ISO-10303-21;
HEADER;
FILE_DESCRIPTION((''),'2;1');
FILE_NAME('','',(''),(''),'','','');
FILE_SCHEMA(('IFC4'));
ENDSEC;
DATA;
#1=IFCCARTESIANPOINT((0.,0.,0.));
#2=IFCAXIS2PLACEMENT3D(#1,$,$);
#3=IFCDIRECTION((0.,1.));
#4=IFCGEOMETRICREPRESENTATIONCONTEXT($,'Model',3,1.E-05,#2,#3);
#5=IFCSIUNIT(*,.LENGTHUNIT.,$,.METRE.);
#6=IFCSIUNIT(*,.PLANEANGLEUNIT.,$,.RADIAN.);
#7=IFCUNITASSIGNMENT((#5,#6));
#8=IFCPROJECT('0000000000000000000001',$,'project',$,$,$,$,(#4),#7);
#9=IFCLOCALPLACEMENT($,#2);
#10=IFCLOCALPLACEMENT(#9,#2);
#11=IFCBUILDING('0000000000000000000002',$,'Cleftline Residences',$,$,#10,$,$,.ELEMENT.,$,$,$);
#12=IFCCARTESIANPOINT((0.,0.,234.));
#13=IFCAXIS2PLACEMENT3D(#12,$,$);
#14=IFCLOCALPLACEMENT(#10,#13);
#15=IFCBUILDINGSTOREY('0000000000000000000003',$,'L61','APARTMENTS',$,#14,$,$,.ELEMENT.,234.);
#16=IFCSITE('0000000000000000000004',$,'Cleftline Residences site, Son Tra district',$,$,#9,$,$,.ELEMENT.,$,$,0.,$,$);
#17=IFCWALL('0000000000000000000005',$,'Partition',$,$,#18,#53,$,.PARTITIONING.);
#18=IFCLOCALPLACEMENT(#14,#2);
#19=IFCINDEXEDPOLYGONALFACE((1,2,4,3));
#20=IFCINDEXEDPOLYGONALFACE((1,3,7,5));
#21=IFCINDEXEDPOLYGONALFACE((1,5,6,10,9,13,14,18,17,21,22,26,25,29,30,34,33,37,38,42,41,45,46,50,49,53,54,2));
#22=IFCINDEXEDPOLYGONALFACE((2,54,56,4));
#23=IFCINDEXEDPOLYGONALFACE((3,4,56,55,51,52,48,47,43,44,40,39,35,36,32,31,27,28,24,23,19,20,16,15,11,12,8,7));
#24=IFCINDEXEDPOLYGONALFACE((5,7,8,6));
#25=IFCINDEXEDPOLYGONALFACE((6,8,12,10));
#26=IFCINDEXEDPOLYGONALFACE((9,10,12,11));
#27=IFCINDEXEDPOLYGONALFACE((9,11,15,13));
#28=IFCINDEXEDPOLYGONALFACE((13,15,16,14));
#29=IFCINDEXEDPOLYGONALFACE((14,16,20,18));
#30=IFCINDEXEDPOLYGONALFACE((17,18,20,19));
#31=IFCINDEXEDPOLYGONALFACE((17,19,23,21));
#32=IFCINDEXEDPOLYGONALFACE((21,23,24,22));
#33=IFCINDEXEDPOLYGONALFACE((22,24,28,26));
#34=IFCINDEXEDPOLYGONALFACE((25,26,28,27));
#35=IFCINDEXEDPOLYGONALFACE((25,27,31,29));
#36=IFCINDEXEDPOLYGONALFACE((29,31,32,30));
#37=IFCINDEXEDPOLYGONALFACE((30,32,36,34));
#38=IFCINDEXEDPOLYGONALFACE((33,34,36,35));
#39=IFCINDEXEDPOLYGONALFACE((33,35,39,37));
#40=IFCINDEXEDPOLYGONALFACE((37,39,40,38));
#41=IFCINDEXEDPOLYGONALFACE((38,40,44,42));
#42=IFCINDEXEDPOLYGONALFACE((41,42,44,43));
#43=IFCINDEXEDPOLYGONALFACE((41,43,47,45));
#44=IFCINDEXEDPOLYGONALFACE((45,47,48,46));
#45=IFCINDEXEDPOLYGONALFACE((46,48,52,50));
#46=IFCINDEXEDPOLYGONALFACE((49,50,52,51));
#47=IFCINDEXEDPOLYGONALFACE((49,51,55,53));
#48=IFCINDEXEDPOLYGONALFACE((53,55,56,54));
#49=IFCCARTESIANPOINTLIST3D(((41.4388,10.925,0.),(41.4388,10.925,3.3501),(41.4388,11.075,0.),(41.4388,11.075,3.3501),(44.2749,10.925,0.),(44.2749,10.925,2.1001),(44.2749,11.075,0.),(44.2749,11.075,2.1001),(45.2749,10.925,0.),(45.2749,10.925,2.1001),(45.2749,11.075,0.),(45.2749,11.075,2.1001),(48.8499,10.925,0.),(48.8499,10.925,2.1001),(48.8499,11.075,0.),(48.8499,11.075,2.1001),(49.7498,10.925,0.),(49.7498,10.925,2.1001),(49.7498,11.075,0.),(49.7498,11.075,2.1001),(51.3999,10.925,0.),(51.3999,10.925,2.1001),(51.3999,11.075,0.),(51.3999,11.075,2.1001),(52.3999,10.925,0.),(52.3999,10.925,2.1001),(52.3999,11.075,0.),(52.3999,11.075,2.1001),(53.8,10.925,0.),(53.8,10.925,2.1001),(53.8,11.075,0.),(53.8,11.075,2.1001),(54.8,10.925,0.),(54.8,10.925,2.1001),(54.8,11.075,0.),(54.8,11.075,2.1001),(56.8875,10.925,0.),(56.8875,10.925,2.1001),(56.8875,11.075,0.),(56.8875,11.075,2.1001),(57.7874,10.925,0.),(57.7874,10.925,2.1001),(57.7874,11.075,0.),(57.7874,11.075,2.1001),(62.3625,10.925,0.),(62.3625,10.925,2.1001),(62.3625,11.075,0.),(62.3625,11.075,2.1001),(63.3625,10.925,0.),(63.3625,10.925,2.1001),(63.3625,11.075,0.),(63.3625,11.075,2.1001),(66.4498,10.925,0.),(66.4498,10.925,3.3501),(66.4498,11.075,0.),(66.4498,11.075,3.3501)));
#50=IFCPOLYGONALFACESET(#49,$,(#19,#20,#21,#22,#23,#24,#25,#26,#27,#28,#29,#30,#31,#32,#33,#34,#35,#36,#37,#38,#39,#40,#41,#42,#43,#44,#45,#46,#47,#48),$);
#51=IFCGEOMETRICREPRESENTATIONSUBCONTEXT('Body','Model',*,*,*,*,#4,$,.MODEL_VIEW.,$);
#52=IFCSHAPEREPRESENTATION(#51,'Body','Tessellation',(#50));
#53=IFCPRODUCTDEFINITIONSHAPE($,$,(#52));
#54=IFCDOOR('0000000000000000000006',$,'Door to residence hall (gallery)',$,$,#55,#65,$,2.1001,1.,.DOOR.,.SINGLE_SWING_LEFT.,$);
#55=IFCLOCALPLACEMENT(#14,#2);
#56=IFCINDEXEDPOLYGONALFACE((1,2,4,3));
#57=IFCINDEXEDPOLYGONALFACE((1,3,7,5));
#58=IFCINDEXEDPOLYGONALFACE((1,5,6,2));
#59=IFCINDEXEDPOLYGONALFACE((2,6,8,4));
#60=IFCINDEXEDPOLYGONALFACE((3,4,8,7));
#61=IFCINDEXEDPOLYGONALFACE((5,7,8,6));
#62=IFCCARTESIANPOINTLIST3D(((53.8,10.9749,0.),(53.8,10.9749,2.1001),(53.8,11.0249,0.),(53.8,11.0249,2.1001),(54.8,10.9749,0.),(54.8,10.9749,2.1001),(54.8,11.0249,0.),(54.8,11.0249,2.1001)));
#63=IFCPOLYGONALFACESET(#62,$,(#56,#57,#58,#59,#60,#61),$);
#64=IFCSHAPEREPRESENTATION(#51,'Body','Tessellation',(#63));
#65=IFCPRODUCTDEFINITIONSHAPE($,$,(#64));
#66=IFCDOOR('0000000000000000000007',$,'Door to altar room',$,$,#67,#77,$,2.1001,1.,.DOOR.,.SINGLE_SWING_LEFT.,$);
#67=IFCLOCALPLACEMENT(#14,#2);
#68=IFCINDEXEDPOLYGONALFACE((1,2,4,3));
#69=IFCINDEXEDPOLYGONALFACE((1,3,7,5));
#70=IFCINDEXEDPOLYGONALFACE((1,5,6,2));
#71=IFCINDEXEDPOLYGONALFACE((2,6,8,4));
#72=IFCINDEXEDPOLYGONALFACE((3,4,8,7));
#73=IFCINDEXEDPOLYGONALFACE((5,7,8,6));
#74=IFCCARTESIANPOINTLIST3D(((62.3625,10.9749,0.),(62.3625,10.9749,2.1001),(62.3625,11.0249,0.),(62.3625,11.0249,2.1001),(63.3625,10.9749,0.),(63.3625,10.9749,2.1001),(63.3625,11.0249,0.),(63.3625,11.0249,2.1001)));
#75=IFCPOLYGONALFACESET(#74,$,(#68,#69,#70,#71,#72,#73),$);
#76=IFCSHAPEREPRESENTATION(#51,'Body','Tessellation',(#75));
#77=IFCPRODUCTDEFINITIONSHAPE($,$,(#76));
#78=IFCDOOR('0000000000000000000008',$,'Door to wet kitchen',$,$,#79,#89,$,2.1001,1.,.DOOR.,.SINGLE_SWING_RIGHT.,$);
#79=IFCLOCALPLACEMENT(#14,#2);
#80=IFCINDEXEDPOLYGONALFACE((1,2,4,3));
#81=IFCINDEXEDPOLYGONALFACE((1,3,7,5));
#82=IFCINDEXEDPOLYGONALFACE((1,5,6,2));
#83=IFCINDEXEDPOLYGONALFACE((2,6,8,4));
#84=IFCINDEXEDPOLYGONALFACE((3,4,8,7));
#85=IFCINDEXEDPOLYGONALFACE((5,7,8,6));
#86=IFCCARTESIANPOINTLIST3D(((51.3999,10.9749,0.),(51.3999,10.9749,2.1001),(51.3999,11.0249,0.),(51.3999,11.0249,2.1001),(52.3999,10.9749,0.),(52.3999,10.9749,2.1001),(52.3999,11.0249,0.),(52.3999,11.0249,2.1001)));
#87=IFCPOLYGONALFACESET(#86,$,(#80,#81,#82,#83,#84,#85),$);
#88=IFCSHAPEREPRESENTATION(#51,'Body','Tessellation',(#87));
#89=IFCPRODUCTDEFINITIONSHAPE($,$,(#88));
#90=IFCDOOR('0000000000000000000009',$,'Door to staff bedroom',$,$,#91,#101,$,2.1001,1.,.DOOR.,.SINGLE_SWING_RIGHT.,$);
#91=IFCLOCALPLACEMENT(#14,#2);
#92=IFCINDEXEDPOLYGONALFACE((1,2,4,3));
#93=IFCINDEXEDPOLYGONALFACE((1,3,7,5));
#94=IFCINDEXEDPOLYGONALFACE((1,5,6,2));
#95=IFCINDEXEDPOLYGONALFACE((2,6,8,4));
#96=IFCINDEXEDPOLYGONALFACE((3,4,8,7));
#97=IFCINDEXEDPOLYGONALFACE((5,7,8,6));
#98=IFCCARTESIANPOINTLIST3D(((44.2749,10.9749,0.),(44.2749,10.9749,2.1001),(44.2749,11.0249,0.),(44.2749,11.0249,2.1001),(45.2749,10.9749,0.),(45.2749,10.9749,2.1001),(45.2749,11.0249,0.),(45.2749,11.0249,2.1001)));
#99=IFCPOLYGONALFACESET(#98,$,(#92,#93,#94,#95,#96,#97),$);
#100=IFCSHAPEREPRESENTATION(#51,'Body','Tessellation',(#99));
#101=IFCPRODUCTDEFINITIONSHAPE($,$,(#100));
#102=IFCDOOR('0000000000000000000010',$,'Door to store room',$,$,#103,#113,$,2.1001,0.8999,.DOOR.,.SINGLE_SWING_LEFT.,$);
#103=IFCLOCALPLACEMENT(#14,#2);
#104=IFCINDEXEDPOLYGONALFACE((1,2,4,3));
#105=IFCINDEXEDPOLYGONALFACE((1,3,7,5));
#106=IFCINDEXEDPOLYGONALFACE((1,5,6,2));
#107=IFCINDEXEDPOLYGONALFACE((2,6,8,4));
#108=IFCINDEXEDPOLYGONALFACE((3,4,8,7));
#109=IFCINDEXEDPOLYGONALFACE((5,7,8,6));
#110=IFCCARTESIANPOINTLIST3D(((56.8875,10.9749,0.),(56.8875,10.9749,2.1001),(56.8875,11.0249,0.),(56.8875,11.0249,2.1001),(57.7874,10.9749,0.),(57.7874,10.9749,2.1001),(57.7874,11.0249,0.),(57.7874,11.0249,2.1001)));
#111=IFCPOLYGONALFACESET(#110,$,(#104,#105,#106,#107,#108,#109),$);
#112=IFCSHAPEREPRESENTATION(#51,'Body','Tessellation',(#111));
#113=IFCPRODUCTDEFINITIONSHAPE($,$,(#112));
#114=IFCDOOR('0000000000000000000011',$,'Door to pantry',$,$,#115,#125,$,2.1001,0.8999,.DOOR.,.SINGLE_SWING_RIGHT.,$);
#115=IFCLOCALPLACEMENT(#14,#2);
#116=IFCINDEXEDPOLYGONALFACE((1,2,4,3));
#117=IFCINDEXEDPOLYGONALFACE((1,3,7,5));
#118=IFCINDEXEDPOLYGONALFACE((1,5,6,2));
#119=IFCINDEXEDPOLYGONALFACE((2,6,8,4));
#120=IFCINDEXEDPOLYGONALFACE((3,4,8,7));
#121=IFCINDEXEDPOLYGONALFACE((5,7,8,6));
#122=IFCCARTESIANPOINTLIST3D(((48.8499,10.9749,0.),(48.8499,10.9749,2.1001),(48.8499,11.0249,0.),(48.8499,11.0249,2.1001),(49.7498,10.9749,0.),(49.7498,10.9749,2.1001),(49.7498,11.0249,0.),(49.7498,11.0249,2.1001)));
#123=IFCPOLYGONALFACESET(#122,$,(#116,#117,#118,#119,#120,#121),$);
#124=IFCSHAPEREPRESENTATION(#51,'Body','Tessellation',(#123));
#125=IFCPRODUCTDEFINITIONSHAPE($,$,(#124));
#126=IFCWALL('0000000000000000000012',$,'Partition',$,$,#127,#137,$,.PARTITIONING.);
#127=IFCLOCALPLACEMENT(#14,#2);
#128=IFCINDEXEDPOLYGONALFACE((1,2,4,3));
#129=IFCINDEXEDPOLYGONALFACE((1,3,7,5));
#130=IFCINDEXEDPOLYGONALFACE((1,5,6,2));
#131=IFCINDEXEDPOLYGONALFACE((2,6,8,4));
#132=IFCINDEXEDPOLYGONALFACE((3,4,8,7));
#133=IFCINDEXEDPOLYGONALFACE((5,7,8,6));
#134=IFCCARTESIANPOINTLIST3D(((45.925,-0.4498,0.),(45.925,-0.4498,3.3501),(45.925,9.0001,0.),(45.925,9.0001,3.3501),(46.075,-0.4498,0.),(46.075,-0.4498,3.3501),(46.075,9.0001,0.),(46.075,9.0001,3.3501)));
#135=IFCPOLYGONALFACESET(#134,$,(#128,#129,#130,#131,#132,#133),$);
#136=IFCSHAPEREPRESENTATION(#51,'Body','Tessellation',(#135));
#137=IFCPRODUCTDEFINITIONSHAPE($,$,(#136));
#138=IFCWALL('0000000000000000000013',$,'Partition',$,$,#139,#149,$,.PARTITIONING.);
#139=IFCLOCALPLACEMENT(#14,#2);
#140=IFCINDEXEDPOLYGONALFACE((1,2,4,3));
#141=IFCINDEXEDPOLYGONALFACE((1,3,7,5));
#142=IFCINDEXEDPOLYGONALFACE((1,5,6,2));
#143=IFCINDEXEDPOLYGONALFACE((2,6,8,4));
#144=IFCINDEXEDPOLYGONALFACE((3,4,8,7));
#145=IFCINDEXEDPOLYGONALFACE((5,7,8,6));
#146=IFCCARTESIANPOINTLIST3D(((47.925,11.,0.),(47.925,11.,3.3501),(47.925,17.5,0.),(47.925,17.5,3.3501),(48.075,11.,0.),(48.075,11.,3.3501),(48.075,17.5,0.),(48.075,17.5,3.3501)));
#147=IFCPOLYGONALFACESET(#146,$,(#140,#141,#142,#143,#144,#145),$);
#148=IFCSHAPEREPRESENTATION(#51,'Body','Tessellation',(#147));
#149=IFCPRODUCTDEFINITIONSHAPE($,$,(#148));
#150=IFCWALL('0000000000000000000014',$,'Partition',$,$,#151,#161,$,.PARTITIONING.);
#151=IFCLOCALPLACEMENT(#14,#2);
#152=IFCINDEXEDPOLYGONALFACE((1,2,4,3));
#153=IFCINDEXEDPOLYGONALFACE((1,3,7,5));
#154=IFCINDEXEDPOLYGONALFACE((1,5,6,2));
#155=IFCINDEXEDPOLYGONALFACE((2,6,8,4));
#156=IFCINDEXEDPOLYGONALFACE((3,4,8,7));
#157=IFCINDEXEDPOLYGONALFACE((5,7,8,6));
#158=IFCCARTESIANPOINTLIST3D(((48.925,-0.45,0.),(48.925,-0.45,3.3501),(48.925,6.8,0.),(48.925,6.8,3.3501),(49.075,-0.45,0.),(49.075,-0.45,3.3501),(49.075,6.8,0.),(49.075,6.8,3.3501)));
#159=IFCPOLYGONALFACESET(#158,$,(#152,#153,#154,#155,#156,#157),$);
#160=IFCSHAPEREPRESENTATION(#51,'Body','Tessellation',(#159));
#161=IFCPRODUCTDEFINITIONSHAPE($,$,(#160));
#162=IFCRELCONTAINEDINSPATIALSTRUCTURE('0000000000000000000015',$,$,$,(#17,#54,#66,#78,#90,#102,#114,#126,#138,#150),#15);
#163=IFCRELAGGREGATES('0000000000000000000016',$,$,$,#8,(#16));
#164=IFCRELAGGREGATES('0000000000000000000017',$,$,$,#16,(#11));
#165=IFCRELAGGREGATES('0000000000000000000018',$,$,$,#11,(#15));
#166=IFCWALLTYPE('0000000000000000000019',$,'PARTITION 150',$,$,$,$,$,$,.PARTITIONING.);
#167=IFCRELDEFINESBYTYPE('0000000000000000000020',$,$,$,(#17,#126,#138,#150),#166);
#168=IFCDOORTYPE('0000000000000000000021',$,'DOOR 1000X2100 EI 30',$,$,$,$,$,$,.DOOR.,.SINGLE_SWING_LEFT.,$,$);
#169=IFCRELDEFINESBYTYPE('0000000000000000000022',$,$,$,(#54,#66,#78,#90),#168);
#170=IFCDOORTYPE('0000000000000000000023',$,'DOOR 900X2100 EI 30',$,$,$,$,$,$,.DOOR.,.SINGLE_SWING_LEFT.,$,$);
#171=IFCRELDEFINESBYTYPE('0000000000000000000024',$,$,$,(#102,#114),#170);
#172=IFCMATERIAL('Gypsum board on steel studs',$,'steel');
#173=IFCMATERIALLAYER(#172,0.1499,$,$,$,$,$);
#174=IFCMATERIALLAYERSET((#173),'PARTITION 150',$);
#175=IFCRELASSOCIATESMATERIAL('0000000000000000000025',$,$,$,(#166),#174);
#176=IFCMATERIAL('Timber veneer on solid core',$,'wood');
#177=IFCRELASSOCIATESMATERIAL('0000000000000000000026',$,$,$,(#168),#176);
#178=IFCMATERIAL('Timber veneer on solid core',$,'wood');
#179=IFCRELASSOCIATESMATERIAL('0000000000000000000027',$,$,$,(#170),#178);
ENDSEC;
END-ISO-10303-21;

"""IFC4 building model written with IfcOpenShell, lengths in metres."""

from ifc_helpers import new_model, si_unit, direction, frame, frame_2d, origin, place, context, subcontext, project, spatial, rectangle, extrude, material, layer, layer_set, type_object, element, fill, save


model = new_model("IFC4")

# Units and contexts
model_context = context("Model", 3, precision=1e-05, world=origin(), true_north=direction((0.0, 1.0)))
body_context = subcontext(model_context, "Body", "Model", "MODEL_VIEW")
ifc_project = project(units=[si_unit("LENGTHUNIT", "METRE"), si_unit("PLANEANGLEUNIT", "RADIAN")], contexts=[model_context])

# Site, building, storey
site_placement = place(None, origin())
site = spatial("IfcSite", under=ifc_project, at=site_placement, Name="Cleftline Residences site, Son Tra district", CompositionType="ELEMENT", RefElevation=0.0)
building_placement = place(site_placement, origin())
building = spatial("IfcBuilding", under=site, at=building_placement, Name="Cleftline Residences", CompositionType="ELEMENT")
storey_placement = place(building_placement, frame((0.0, 0.0, 234.0)))
storey = spatial("IfcBuildingStorey", under=building, at=storey_placement, Name="L61", Description="APARTMENTS", CompositionType="ELEMENT", Elevation=234.0)

# Wall, openings, doors
ifc_material_1 = material(Name="Gypsum board on steel studs", Category="steel")
ifc_layer_1 = layer(ifc_material_1, 0.1499)
ifc_layer_set_1 = layer_set([ifc_layer_1], Name="PARTITION 150")
wall_type_1 = type_object("IfcWallType", Name="PARTITION 150", PredefinedType="PARTITIONING", material=ifc_layer_set_1)
wall_1_placement = place(storey_placement, frame((41.439, 11.0, 0.0), z_axis=(0.0, 0.0, 1.0), x_axis=(1.0, 0.0, 0.0)))
wall_1 = element("IfcWall", 1, at=wall_1_placement, inside=storey, type_object=wall_type_1, Name="Partition", PredefinedType="PARTITIONING", context=body_context, shape_type="SweptSolid", body=[
    extrude(rectangle(XDim=25.011, YDim=0.1499, at=frame_2d((12.5054, 0.0))), origin(), (0.0, 0.0, 1.0), 3.3501),
])
opening_1_placement = place(wall_1_placement, frame((12.3611, 0.0, 0.0)))
opening_1 = element("IfcOpeningElement", 2, at=opening_1_placement, cuts=wall_1, PredefinedType="OPENING", context=body_context, shape_type="SweptSolid", body=[
    extrude(rectangle(XDim=1.0, YDim=2.1001, at=frame_2d((0.5, 1.05))), frame((0.0, 0.085, 0.0), z_axis=(0.0, -1.0, 0.0), x_axis=(1.0, 0.0, 0.0)), (0.0, 0.0, 1.0), 0.1699),
])
opening_2_placement = place(wall_1_placement, frame((20.9236, 0.0, 0.0)))
opening_2 = element("IfcOpeningElement", 3, at=opening_2_placement, cuts=wall_1, PredefinedType="OPENING", context=body_context, shape_type="SweptSolid", body=[
    extrude(rectangle(XDim=1.0, YDim=2.1001, at=frame_2d((0.5, 1.05))), frame((0.0, 0.085, 0.0), z_axis=(0.0, -1.0, 0.0), x_axis=(1.0, 0.0, 0.0)), (0.0, 0.0, 1.0), 0.1699),
])
opening_3_placement = place(wall_1_placement, frame((15.4485, 0.0, 0.0)))
opening_3 = element("IfcOpeningElement", 4, at=opening_3_placement, cuts=wall_1, PredefinedType="OPENING", context=body_context, shape_type="SweptSolid", body=[
    extrude(rectangle(XDim=0.8999, YDim=2.1001, at=frame_2d((0.45, 1.05))), frame((0.0, 0.085, 0.0), z_axis=(0.0, -1.0, 0.0), x_axis=(1.0, 0.0, 0.0)), (0.0, 0.0, 1.0), 0.1699),
])
opening_4_placement = place(wall_1_placement, frame((9.9609, 0.0, 0.0)))
opening_4 = element("IfcOpeningElement", 5, at=opening_4_placement, cuts=wall_1, PredefinedType="OPENING", context=body_context, shape_type="SweptSolid", body=[
    extrude(rectangle(XDim=1.0, YDim=2.1001, at=frame_2d((0.5, 1.05))), frame((0.0, 0.085, 0.0), z_axis=(0.0, -1.0, 0.0), x_axis=(1.0, 0.0, 0.0)), (0.0, 0.0, 1.0), 0.1699),
])
opening_5_placement = place(wall_1_placement, frame((7.4109, 0.0, 0.0)))
opening_5 = element("IfcOpeningElement", 6, at=opening_5_placement, cuts=wall_1, PredefinedType="OPENING", context=body_context, shape_type="SweptSolid", body=[
    extrude(rectangle(XDim=0.8999, YDim=2.1001, at=frame_2d((0.45, 1.05))), frame((0.0, 0.085, 0.0), z_axis=(0.0, -1.0, 0.0), x_axis=(1.0, 0.0, 0.0)), (0.0, 0.0, 1.0), 0.1699),
])
opening_6_placement = place(wall_1_placement, frame((2.8359, 0.0, 0.0)))
opening_6 = element("IfcOpeningElement", 7, at=opening_6_placement, cuts=wall_1, PredefinedType="OPENING", context=body_context, shape_type="SweptSolid", body=[
    extrude(rectangle(XDim=1.0, YDim=2.1001, at=frame_2d((0.5, 1.05))), frame((0.0, 0.085, 0.0), z_axis=(0.0, -1.0, 0.0), x_axis=(1.0, 0.0, 0.0)), (0.0, 0.0, 1.0), 0.1699),
])
ifc_material_2 = material(Name="Timber veneer on solid core", Category="wood")
door_type_1 = type_object("IfcDoorType", Name="DOOR 1000X2100 EI 30", OperationType="SINGLE_SWING_LEFT", PredefinedType="DOOR", material=ifc_material_2)
door_1_placement = place(opening_1_placement, origin())
door_1 = element("IfcDoor", 8, at=door_1_placement, inside=storey, type_object=door_type_1, Name="Door to residence hall (gallery)", OperationType="SINGLE_SWING_LEFT", OverallHeight=2.1001, OverallWidth=1.0, PredefinedType="DOOR", context=body_context, shape_type="SweptSolid", body=[
    extrude(rectangle(XDim=1.0, YDim=2.1001, at=frame_2d((0.5, 1.05))), frame((0.0, 0.0249, 0.0), z_axis=(0.0, -1.0, 0.0), x_axis=(1.0, 0.0, 0.0)), (0.0, 0.0, 1.0), 0.05),
])
fill(opening_1, door_1)
door_2_placement = place(opening_2_placement, origin())
door_2 = element("IfcDoor", 9, at=door_2_placement, inside=storey, type_object=door_type_1, Name="Door to altar room", OperationType="SINGLE_SWING_LEFT", OverallHeight=2.1001, OverallWidth=1.0, PredefinedType="DOOR", context=body_context, shape_type="SweptSolid", body=[
    extrude(rectangle(XDim=1.0, YDim=2.1001, at=frame_2d((0.5, 1.05))), frame((0.0, 0.0249, 0.0), z_axis=(0.0, -1.0, 0.0), x_axis=(1.0, 0.0, 0.0)), (0.0, 0.0, 1.0), 0.05),
])
fill(opening_2, door_2)
door_3_placement = place(opening_4_placement, origin())
door_3 = element("IfcDoor", 10, at=door_3_placement, inside=storey, type_object=door_type_1, Name="Door to wet kitchen", OperationType="SINGLE_SWING_RIGHT", OverallHeight=2.1001, OverallWidth=1.0, PredefinedType="DOOR", context=body_context, shape_type="SweptSolid", body=[
    extrude(rectangle(XDim=1.0, YDim=2.1001, at=frame_2d((0.5, 1.05))), frame((0.0, 0.0249, 0.0), z_axis=(0.0, -1.0, 0.0), x_axis=(1.0, 0.0, 0.0)), (0.0, 0.0, 1.0), 0.05),
])
fill(opening_4, door_3)
door_4_placement = place(opening_6_placement, origin())
door_4 = element("IfcDoor", 11, at=door_4_placement, inside=storey, type_object=door_type_1, Name="Door to staff bedroom", OperationType="SINGLE_SWING_RIGHT", OverallHeight=2.1001, OverallWidth=1.0, PredefinedType="DOOR", context=body_context, shape_type="SweptSolid", body=[
    extrude(rectangle(XDim=1.0, YDim=2.1001, at=frame_2d((0.5, 1.05))), frame((0.0, 0.0249, 0.0), z_axis=(0.0, -1.0, 0.0), x_axis=(1.0, 0.0, 0.0)), (0.0, 0.0, 1.0), 0.05),
])
fill(opening_6, door_4)
ifc_material_3 = material(Name="Timber veneer on solid core", Category="wood")
door_type_2 = type_object("IfcDoorType", Name="DOOR 900X2100 EI 30", OperationType="SINGLE_SWING_LEFT", PredefinedType="DOOR", material=ifc_material_3)
door_5_placement = place(opening_3_placement, origin())
door_5 = element("IfcDoor", 12, at=door_5_placement, inside=storey, type_object=door_type_2, Name="Door to store room", OperationType="SINGLE_SWING_LEFT", OverallHeight=2.1001, OverallWidth=0.8999, PredefinedType="DOOR", context=body_context, shape_type="SweptSolid", body=[
    extrude(rectangle(XDim=0.8999, YDim=2.1001, at=frame_2d((0.45, 1.05))), frame((0.0, 0.0249, 0.0), z_axis=(0.0, -1.0, 0.0), x_axis=(1.0, 0.0, 0.0)), (0.0, 0.0, 1.0), 0.05),
])
fill(opening_3, door_5)
door_6_placement = place(opening_5_placement, origin())
door_6 = element("IfcDoor", 13, at=door_6_placement, inside=storey, type_object=door_type_2, Name="Door to pantry", OperationType="SINGLE_SWING_RIGHT", OverallHeight=2.1001, OverallWidth=0.8999, PredefinedType="DOOR", context=body_context, shape_type="SweptSolid", body=[
    extrude(rectangle(XDim=0.8999, YDim=2.1001, at=frame_2d((0.45, 1.05))), frame((0.0, 0.0249, 0.0), z_axis=(0.0, -1.0, 0.0), x_axis=(1.0, 0.0, 0.0)), (0.0, 0.0, 1.0), 0.05),
])
fill(opening_5, door_6)

# Walls
wall_2_placement = place(storey_placement, frame((46.0, -0.45, 0.0), z_axis=(0.0, 0.0, 1.0), x_axis=(0.0, 1.0, 0.0)))
element("IfcWall", 14, at=wall_2_placement, inside=storey, type_object=wall_type_1, Name="Partition", PredefinedType="PARTITIONING", context=body_context, shape_type="SweptSolid", body=[
    extrude(rectangle(XDim=9.45, YDim=0.1499, at=frame_2d((4.7251, 0.0))), origin(), (0.0, 0.0, 1.0), 3.3501),
])
wall_3_placement = place(storey_placement, frame((48.0, 11.0, 0.0), z_axis=(0.0, 0.0, 1.0), x_axis=(0.0, 1.0, 0.0)))
element("IfcWall", 15, at=wall_3_placement, inside=storey, type_object=wall_type_1, Name="Partition", PredefinedType="PARTITIONING", context=body_context, shape_type="SweptSolid", body=[
    extrude(rectangle(XDim=6.5, YDim=0.1499, at=frame_2d((3.25, 0.0))), origin(), (0.0, 0.0, 1.0), 3.3501),
])
wall_4_placement = place(storey_placement, frame((49.0, -0.45, 0.0), z_axis=(0.0, 0.0, 1.0), x_axis=(0.0, 1.0, 0.0)))
element("IfcWall", 16, at=wall_4_placement, inside=storey, type_object=wall_type_1, Name="Partition", PredefinedType="PARTITIONING", context=body_context, shape_type="SweptSolid", body=[
    extrude(rectangle(XDim=7.25, YDim=0.1499, at=frame_2d((3.625, 0.0))), origin(), (0.0, 0.0, 1.0), 3.3501),
])

save(model, "model.ifc")
